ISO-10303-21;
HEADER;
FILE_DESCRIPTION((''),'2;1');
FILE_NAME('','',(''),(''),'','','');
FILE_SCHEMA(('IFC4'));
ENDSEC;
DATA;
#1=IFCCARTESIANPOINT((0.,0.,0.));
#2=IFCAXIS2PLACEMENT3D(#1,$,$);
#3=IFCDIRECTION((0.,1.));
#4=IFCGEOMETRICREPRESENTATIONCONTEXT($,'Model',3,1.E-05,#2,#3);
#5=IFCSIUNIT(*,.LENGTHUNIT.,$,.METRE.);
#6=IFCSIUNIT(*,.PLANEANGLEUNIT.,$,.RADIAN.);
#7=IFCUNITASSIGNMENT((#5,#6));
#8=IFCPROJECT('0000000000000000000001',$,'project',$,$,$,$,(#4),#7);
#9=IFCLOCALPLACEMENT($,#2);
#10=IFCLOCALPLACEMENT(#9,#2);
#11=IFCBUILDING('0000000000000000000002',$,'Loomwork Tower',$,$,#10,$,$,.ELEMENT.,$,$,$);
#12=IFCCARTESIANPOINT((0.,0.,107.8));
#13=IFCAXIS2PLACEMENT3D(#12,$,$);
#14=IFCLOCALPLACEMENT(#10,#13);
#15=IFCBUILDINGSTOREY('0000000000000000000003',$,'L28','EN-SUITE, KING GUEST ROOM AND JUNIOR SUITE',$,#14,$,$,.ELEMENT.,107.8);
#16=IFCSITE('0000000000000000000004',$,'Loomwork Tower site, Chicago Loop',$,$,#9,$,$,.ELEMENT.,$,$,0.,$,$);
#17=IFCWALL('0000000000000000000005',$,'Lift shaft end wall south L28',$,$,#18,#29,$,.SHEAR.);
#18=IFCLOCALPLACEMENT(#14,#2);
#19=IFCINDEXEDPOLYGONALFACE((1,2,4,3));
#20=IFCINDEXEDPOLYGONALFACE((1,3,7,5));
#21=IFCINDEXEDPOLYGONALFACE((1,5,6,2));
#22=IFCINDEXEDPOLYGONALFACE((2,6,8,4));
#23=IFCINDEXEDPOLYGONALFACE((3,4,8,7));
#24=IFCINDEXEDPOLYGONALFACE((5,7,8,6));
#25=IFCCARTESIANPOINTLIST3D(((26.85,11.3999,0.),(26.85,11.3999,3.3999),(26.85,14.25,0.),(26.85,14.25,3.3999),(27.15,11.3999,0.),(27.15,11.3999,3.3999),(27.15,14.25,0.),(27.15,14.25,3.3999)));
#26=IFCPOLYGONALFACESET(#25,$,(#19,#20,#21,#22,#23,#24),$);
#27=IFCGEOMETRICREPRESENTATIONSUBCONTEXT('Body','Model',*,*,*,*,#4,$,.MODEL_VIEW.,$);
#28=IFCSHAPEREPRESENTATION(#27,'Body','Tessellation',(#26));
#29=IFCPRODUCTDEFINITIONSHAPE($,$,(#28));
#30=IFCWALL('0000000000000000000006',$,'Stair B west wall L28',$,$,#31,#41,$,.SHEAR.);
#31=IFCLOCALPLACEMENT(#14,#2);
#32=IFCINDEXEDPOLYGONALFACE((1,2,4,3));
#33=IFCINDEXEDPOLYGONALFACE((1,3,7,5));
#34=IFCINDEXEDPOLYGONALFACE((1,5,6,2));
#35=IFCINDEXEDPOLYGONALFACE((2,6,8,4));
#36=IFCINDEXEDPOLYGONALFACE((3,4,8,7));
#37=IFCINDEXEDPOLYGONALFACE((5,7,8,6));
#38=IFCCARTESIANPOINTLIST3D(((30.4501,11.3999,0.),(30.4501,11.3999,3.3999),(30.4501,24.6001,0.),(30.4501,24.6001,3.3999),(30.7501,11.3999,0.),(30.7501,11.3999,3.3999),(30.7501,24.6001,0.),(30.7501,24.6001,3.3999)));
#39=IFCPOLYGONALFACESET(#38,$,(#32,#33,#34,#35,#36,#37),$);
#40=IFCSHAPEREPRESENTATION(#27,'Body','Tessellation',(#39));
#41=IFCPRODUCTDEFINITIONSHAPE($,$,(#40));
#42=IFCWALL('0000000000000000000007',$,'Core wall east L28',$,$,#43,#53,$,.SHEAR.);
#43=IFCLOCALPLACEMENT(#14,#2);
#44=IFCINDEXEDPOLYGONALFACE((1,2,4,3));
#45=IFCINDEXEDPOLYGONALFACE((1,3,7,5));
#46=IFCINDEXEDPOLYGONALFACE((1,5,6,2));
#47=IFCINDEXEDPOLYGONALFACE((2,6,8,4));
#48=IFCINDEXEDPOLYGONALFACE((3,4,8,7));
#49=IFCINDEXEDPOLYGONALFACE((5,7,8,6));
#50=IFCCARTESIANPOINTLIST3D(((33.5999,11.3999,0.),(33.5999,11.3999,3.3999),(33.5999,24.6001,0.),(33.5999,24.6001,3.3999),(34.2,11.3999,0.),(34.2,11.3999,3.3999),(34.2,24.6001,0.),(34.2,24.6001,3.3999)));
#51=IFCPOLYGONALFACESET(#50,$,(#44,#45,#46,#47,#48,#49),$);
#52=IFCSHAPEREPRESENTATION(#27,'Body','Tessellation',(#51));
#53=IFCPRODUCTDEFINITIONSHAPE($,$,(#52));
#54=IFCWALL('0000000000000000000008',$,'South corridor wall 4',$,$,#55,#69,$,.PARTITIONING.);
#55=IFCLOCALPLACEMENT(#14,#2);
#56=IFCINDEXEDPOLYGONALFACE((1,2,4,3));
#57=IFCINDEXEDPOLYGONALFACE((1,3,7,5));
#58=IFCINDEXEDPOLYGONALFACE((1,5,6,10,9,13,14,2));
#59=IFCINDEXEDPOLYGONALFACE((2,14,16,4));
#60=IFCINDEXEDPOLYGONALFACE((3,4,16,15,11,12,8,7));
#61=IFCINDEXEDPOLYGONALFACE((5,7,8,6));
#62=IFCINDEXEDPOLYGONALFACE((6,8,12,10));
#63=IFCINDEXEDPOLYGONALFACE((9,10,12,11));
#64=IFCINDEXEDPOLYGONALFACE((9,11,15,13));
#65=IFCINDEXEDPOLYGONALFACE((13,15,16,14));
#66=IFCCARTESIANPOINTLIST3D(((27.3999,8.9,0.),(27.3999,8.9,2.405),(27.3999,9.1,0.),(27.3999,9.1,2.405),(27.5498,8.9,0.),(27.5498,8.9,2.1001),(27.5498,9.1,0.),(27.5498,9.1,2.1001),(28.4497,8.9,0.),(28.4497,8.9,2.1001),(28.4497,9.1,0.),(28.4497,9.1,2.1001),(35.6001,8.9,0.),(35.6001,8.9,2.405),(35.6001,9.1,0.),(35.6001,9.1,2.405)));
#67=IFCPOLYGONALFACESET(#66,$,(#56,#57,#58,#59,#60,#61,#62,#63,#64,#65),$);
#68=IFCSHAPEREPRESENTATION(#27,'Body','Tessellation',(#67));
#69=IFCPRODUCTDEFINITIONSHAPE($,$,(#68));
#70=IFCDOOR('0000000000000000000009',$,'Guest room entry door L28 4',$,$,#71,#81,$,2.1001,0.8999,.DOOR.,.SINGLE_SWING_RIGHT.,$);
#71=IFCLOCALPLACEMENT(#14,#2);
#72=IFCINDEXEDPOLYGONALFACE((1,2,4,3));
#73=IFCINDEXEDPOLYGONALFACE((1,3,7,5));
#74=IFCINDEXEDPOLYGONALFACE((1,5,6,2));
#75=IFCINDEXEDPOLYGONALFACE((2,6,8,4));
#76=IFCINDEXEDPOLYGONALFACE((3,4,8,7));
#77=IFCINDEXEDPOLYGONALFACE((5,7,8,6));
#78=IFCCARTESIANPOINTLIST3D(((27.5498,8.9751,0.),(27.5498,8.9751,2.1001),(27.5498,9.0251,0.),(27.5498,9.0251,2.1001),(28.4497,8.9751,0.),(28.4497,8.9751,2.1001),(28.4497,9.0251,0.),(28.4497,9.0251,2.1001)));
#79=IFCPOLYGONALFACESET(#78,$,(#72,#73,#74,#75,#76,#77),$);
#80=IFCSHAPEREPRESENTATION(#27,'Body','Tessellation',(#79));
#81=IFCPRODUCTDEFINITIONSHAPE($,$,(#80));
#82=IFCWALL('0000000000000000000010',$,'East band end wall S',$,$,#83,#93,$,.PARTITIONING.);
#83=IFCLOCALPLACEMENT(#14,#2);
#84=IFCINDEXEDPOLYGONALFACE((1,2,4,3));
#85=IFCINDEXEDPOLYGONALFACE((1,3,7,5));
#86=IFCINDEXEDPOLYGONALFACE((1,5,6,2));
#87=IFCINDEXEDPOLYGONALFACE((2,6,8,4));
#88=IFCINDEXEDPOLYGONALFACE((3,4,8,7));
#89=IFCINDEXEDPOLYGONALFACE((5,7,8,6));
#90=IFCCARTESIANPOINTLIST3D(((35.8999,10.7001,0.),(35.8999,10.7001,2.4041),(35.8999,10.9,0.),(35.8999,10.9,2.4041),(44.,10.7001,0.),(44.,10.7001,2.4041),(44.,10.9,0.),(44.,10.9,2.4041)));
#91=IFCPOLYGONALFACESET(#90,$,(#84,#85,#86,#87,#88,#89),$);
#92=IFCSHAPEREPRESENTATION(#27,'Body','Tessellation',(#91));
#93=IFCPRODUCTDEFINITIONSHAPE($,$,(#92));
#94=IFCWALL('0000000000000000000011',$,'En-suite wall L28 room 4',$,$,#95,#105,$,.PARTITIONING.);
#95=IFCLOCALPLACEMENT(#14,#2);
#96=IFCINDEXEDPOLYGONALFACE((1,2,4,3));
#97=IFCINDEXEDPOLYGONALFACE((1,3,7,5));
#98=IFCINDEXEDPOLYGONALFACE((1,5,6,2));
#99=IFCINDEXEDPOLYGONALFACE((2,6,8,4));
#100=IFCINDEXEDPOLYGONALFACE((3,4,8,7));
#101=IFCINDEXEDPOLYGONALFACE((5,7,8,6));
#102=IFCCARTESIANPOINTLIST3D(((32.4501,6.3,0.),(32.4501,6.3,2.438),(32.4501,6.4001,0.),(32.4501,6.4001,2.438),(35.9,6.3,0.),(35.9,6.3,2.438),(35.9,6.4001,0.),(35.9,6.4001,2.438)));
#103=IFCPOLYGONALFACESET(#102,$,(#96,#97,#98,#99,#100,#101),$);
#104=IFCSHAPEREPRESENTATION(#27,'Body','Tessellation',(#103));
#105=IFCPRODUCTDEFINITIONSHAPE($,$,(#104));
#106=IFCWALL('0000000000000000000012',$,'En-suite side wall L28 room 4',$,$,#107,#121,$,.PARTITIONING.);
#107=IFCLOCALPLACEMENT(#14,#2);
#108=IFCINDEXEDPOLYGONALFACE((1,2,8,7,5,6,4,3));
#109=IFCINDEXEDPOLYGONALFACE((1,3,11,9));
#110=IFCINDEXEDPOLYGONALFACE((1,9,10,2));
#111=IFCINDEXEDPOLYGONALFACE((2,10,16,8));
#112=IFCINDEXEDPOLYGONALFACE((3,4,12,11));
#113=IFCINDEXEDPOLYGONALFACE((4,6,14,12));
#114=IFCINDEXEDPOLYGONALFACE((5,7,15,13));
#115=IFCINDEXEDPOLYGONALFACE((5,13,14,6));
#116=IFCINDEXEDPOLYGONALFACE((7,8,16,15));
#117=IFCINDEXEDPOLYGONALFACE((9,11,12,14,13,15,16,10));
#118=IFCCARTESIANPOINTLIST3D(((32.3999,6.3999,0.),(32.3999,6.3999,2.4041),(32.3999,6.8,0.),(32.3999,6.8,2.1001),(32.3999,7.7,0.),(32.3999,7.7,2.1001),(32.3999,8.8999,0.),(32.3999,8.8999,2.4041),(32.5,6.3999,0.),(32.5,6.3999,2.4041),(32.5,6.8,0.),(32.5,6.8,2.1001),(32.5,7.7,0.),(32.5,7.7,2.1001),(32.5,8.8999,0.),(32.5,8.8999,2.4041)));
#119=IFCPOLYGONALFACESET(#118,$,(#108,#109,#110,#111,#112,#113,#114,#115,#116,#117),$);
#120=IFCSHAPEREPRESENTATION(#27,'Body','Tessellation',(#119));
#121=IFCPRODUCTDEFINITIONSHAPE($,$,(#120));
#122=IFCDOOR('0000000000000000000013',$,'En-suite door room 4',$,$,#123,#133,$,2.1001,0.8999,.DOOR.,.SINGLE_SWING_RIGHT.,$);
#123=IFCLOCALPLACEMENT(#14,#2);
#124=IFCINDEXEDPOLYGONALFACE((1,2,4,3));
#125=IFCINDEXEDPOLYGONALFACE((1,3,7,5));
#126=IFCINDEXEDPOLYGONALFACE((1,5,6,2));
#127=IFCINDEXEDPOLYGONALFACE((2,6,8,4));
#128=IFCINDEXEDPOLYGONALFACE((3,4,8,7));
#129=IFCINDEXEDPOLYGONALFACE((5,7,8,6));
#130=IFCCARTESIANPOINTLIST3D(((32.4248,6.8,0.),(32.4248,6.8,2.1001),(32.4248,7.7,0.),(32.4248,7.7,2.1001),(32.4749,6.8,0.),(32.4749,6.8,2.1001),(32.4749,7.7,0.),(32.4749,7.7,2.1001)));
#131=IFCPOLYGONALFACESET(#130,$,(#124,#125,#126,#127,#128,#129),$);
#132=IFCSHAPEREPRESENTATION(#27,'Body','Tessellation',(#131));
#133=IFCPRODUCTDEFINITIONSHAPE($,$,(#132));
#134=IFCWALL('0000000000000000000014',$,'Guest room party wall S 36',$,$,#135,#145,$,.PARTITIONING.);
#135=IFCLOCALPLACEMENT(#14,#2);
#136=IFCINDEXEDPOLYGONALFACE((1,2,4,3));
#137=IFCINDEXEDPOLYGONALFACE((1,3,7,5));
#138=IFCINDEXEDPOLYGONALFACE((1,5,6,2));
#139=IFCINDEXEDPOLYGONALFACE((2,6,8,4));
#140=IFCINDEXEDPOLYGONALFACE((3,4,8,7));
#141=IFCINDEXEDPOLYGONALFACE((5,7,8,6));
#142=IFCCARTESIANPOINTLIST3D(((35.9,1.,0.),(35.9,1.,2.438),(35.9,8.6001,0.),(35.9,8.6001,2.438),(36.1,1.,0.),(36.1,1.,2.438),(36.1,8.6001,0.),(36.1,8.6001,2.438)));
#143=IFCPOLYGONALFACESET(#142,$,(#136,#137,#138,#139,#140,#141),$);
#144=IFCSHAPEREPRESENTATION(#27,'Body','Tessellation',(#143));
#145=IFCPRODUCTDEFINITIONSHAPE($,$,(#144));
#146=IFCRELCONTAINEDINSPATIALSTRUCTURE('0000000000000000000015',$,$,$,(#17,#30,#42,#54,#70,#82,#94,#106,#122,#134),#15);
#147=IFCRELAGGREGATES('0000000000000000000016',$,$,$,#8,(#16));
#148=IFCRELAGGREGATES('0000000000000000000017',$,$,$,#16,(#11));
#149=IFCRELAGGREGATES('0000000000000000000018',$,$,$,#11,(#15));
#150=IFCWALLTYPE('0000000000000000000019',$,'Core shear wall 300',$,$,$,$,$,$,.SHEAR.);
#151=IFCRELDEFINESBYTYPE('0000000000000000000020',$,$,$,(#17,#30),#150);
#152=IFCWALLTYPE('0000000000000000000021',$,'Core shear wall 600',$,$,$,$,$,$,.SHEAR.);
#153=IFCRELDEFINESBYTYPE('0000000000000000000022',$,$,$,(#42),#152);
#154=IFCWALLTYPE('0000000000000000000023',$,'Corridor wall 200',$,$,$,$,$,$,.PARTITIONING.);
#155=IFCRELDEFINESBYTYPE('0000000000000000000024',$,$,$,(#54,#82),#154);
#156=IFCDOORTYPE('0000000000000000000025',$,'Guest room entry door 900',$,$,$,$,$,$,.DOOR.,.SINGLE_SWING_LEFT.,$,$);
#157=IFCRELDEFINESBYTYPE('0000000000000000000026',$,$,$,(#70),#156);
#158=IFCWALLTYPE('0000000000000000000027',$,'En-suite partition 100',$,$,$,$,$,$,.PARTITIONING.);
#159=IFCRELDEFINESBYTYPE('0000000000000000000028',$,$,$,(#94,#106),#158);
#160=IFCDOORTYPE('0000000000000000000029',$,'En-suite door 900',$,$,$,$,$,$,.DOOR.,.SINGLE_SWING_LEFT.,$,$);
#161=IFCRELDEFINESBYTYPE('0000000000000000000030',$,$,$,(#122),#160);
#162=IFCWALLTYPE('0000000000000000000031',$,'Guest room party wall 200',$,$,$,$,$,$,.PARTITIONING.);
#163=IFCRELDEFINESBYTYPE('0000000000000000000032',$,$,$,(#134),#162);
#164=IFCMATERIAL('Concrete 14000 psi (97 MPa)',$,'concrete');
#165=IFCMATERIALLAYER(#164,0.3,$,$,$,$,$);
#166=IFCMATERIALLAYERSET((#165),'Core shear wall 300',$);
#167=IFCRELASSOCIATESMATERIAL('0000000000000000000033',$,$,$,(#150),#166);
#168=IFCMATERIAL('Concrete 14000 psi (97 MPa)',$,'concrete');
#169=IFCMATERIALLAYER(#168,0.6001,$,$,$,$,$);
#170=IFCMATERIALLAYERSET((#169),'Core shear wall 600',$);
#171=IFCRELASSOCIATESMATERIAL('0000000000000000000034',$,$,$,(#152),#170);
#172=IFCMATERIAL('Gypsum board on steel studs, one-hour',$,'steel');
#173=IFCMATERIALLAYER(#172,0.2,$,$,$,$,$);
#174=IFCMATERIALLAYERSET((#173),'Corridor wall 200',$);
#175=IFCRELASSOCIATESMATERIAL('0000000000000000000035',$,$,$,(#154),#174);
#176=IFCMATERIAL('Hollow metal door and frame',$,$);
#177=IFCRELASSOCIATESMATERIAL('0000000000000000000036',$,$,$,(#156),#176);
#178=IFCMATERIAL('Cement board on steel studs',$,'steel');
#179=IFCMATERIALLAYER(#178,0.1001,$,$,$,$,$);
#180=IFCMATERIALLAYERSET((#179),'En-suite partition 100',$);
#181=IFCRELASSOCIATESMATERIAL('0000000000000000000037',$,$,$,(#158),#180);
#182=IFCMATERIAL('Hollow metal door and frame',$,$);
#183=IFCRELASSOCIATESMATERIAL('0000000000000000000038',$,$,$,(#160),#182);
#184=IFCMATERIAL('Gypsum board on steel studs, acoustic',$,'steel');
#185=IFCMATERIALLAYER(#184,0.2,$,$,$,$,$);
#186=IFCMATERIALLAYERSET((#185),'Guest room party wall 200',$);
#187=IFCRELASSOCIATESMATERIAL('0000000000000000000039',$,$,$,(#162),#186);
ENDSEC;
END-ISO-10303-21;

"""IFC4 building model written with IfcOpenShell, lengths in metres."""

from ifc_helpers import new_model, si_unit, direction, frame, frame_2d, origin, place, context, subcontext, project, spatial, rectangle, extrude, material, layer, layer_set, type_object, element, fill, save


model = new_model("IFC4")

# Units and contexts
model_context = context("Model", 3, precision=1e-05, world=origin(), true_north=direction((0.0, 1.0)))
body_context = subcontext(model_context, "Body", "Model", "MODEL_VIEW")
ifc_project = project(units=[si_unit("LENGTHUNIT", "METRE"), si_unit("PLANEANGLEUNIT", "RADIAN")], contexts=[model_context])

# Site, building, storey
site_placement = place(None, origin())
site = spatial("IfcSite", under=ifc_project, at=site_placement, Name="Loomwork Tower site, Chicago Loop", CompositionType="ELEMENT", RefElevation=0.0)
building_placement = place(site_placement, origin())
building = spatial("IfcBuilding", under=site, at=building_placement, Name="Loomwork Tower", CompositionType="ELEMENT")
storey_placement = place(building_placement, frame((0.0, 0.0, 107.8)))
storey = spatial("IfcBuildingStorey", under=building, at=storey_placement, Name="L28", Description="EN-SUITE, KING GUEST ROOM AND JUNIOR SUITE", CompositionType="ELEMENT", Elevation=107.8)

# Walls
ifc_material_1 = material(Name="Concrete 14000 psi (97 MPa)", Category="concrete")
ifc_layer_1 = layer(ifc_material_1, 0.3)
ifc_layer_set_1 = layer_set([ifc_layer_1], Name="Core shear wall 300")
wall_type_1 = type_object("IfcWallType", Name="Core shear wall 300", PredefinedType="SHEAR", material=ifc_layer_set_1)
wall_1_placement = place(storey_placement, frame((27.0, 11.3999, 0.0), z_axis=(0.0, 0.0, 1.0), x_axis=(0.0, 1.0, 0.0)))
element("IfcWall", 1, at=wall_1_placement, inside=storey, type_object=wall_type_1, Name="Lift shaft end wall south L28", PredefinedType="SHEAR", context=body_context, shape_type="SweptSolid", body=[
    extrude(rectangle(XDim=2.8501, YDim=0.3, at=frame_2d((1.425, 0.0))), origin(), (0.0, 0.0, 1.0), 3.3999),
])
wall_2_placement = place(storey_placement, frame((30.6001, 11.3999, 0.0), z_axis=(0.0, 0.0, 1.0), x_axis=(0.0, 1.0, 0.0)))
element("IfcWall", 2, at=wall_2_placement, inside=storey, type_object=wall_type_1, Name="Stair B west wall L28", PredefinedType="SHEAR", context=body_context, shape_type="SweptSolid", body=[
    extrude(rectangle(XDim=13.2002, YDim=0.3, at=frame_2d((6.6001, 0.0))), origin(), (0.0, 0.0, 1.0), 3.3999),
])
ifc_material_2 = material(Name="Concrete 14000 psi (97 MPa)", Category="concrete")
ifc_layer_2 = layer(ifc_material_2, 0.6001)
ifc_layer_set_2 = layer_set([ifc_layer_2], Name="Core shear wall 600")
wall_type_2 = type_object("IfcWallType", Name="Core shear wall 600", PredefinedType="SHEAR", material=ifc_layer_set_2)
wall_3_placement = place(storey_placement, frame((33.8999, 11.3999, 0.0), z_axis=(0.0, 0.0, 1.0), x_axis=(0.0, 1.0, 0.0)))
element("IfcWall", 3, at=wall_3_placement, inside=storey, type_object=wall_type_2, Name="Core wall east L28", PredefinedType="SHEAR", context=body_context, shape_type="SweptSolid", body=[
    extrude(rectangle(XDim=13.2002, YDim=0.6001, at=frame_2d((6.6001, 0.0))), origin(), (0.0, 0.0, 1.0), 3.3999),
])

# Wall, opening, door
ifc_material_3 = material(Name="Gypsum board on steel studs, one-hour", Category="steel")
ifc_layer_3 = layer(ifc_material_3, 0.2)
ifc_layer_set_3 = layer_set([ifc_layer_3], Name="Corridor wall 200")
wall_type_3 = type_object("IfcWallType", Name="Corridor wall 200", PredefinedType="PARTITIONING", material=ifc_layer_set_3)
wall_4_placement = place(storey_placement, frame((27.3999, 9.0, 0.0), z_axis=(0.0, 0.0, 1.0), x_axis=(1.0, 0.0, 0.0)))
wall_4 = element("IfcWall", 4, at=wall_4_placement, inside=storey, type_object=wall_type_3, Name="South corridor wall 4", PredefinedType="PARTITIONING", context=body_context, shape_type="SweptSolid", body=[
    extrude(rectangle(XDim=8.2002, YDim=0.2, at=frame_2d((4.1001, 0.0))), origin(), (0.0, 0.0, 1.0), 2.405),
])
opening_1_placement = place(wall_4_placement, frame((0.1499, 0.0, 0.0)))
opening_1 = element("IfcOpeningElement", 5, at=opening_1_placement, cuts=wall_4, PredefinedType="OPENING", context=body_context, shape_type="SweptSolid", body=[
    extrude(rectangle(XDim=0.8999, YDim=2.1001, at=frame_2d((0.45, 1.05))), frame((0.0, 0.1099, 0.0), z_axis=(0.0, -1.0, 0.0), x_axis=(1.0, 0.0, 0.0)), (0.0, 0.0, 1.0), 0.22),
])
ifc_material_4 = material(Name="Hollow metal door and frame")
door_type_1 = type_object("IfcDoorType", Name="Guest room entry door 900", OperationType="SINGLE_SWING_LEFT", PredefinedType="DOOR", material=ifc_material_4)
door_1_placement = place(opening_1_placement, frame((0.8999, 0.0, 0.0), z_axis=(0.0, 0.0, 1.0), x_axis=(-1.0, 0.0, 0.0)))
door_1 = element("IfcDoor", 6, at=door_1_placement, inside=storey, type_object=door_type_1, Name="Guest room entry door L28 4", OperationType="SINGLE_SWING_RIGHT", OverallHeight=2.1001, OverallWidth=0.8999, PredefinedType="DOOR", context=body_context, shape_type="SweptSolid", body=[
    extrude(rectangle(XDim=0.8999, YDim=2.1001, at=frame_2d((0.45, 1.05))), frame((0.0, 0.0249, 0.0), z_axis=(0.0, -1.0, 0.0), x_axis=(1.0, 0.0, 0.0)), (0.0, 0.0, 1.0), 0.05),
])
fill(opening_1, door_1)

# Walls
wall_5_placement = place(storey_placement, frame((35.8999, 10.8, 0.0), z_axis=(0.0, 0.0, 1.0), x_axis=(1.0, 0.0, 0.0)))
element("IfcWall", 7, at=wall_5_placement, inside=storey, type_object=wall_type_3, Name="East band end wall S", PredefinedType="PARTITIONING", context=body_context, shape_type="SweptSolid", body=[
    extrude(rectangle(XDim=8.1001, YDim=0.2, at=frame_2d((4.05, 0.0))), origin(), (0.0, 0.0, 1.0), 2.4041),
])
ifc_material_5 = material(Name="Cement board on steel studs", Category="steel")
ifc_layer_4 = layer(ifc_material_5, 0.1001)
ifc_layer_set_4 = layer_set([ifc_layer_4], Name="En-suite partition 100")
wall_type_4 = type_object("IfcWallType", Name="En-suite partition 100", PredefinedType="PARTITIONING", material=ifc_layer_set_4)
wall_6_placement = place(storey_placement, frame((32.45, 6.3501, 0.0), z_axis=(0.0, 0.0, 1.0), x_axis=(1.0, 0.0, 0.0)))
element("IfcWall", 8, at=wall_6_placement, inside=storey, type_object=wall_type_4, Name="En-suite wall L28 room 4", PredefinedType="PARTITIONING", context=body_context, shape_type="SweptSolid", body=[
    extrude(rectangle(XDim=3.45, YDim=0.1001, at=frame_2d((1.7251, 0.0))), origin(), (0.0, 0.0, 1.0), 2.438),
])

# Wall, opening, door
wall_7_placement = place(storey_placement, frame((32.45, 8.8999, 0.0), z_axis=(0.0, 0.0, 1.0), x_axis=(0.0, -1.0, 0.0)))
wall_7 = element("IfcWall", 9, at=wall_7_placement, inside=storey, type_object=wall_type_4, Name="En-suite side wall L28 room 4", PredefinedType="PARTITIONING", context=body_context, shape_type="SweptSolid", body=[
    extrude(rectangle(XDim=2.5, YDim=0.1001, at=frame_2d((1.25, 0.0))), origin(), (0.0, 0.0, 1.0), 2.4041),
])
opening_2_placement = place(wall_7_placement, frame((1.2, 0.0, 0.0)))
opening_2 = element("IfcOpeningElement", 10, at=opening_2_placement, cuts=wall_7, PredefinedType="OPENING", context=body_context, shape_type="SweptSolid", body=[
    extrude(rectangle(XDim=0.8999, YDim=2.1001, at=frame_2d((0.45, 1.05))), frame((0.0, 0.0601, 0.0), z_axis=(0.0, -1.0, 0.0), x_axis=(1.0, 0.0, 0.0)), (0.0, 0.0, 1.0), 0.1201),
])
ifc_material_6 = material(Name="Hollow metal door and frame")
door_type_2 = type_object("IfcDoorType", Name="En-suite door 900", OperationType="SINGLE_SWING_LEFT", PredefinedType="DOOR", material=ifc_material_6)
door_2_placement = place(opening_2_placement, origin())
door_2 = element("IfcDoor", 11, at=door_2_placement, inside=storey, type_object=door_type_2, Name="En-suite door room 4", OperationType="SINGLE_SWING_RIGHT", OverallHeight=2.1001, OverallWidth=0.8999, PredefinedType="DOOR", context=body_context, shape_type="SweptSolid", body=[
    extrude(rectangle(XDim=0.8999, YDim=2.1001, at=frame_2d((0.45, 1.05))), frame((0.0, 0.0249, 0.0), z_axis=(0.0, -1.0, 0.0), x_axis=(1.0, 0.0, 0.0)), (0.0, 0.0, 1.0), 0.05),
])
fill(opening_2, door_2)

# Wall
ifc_material_7 = material(Name="Gypsum board on steel studs, acoustic", Category="steel")
ifc_layer_5 = layer(ifc_material_7, 0.2)
ifc_layer_set_5 = layer_set([ifc_layer_5], Name="Guest room party wall 200")
wall_type_5 = type_object("IfcWallType", Name="Guest room party wall 200", PredefinedType="PARTITIONING", material=ifc_layer_set_5)
wall_8_placement = place(storey_placement, frame((36.0, 8.6001, 0.0), z_axis=(0.0, 0.0, 1.0), x_axis=(0.0, -1.0, 0.0)))
element("IfcWall", 12, at=wall_8_placement, inside=storey, type_object=wall_type_5, Name="Guest room party wall S 36", PredefinedType="PARTITIONING", context=body_context, shape_type="SweptSolid", body=[
    extrude(rectangle(XDim=7.6001, YDim=0.2, at=frame_2d((3.8, 0.0))), origin(), (0.0, 0.0, 1.0), 2.438),
])

save(model, "model.ifc")
